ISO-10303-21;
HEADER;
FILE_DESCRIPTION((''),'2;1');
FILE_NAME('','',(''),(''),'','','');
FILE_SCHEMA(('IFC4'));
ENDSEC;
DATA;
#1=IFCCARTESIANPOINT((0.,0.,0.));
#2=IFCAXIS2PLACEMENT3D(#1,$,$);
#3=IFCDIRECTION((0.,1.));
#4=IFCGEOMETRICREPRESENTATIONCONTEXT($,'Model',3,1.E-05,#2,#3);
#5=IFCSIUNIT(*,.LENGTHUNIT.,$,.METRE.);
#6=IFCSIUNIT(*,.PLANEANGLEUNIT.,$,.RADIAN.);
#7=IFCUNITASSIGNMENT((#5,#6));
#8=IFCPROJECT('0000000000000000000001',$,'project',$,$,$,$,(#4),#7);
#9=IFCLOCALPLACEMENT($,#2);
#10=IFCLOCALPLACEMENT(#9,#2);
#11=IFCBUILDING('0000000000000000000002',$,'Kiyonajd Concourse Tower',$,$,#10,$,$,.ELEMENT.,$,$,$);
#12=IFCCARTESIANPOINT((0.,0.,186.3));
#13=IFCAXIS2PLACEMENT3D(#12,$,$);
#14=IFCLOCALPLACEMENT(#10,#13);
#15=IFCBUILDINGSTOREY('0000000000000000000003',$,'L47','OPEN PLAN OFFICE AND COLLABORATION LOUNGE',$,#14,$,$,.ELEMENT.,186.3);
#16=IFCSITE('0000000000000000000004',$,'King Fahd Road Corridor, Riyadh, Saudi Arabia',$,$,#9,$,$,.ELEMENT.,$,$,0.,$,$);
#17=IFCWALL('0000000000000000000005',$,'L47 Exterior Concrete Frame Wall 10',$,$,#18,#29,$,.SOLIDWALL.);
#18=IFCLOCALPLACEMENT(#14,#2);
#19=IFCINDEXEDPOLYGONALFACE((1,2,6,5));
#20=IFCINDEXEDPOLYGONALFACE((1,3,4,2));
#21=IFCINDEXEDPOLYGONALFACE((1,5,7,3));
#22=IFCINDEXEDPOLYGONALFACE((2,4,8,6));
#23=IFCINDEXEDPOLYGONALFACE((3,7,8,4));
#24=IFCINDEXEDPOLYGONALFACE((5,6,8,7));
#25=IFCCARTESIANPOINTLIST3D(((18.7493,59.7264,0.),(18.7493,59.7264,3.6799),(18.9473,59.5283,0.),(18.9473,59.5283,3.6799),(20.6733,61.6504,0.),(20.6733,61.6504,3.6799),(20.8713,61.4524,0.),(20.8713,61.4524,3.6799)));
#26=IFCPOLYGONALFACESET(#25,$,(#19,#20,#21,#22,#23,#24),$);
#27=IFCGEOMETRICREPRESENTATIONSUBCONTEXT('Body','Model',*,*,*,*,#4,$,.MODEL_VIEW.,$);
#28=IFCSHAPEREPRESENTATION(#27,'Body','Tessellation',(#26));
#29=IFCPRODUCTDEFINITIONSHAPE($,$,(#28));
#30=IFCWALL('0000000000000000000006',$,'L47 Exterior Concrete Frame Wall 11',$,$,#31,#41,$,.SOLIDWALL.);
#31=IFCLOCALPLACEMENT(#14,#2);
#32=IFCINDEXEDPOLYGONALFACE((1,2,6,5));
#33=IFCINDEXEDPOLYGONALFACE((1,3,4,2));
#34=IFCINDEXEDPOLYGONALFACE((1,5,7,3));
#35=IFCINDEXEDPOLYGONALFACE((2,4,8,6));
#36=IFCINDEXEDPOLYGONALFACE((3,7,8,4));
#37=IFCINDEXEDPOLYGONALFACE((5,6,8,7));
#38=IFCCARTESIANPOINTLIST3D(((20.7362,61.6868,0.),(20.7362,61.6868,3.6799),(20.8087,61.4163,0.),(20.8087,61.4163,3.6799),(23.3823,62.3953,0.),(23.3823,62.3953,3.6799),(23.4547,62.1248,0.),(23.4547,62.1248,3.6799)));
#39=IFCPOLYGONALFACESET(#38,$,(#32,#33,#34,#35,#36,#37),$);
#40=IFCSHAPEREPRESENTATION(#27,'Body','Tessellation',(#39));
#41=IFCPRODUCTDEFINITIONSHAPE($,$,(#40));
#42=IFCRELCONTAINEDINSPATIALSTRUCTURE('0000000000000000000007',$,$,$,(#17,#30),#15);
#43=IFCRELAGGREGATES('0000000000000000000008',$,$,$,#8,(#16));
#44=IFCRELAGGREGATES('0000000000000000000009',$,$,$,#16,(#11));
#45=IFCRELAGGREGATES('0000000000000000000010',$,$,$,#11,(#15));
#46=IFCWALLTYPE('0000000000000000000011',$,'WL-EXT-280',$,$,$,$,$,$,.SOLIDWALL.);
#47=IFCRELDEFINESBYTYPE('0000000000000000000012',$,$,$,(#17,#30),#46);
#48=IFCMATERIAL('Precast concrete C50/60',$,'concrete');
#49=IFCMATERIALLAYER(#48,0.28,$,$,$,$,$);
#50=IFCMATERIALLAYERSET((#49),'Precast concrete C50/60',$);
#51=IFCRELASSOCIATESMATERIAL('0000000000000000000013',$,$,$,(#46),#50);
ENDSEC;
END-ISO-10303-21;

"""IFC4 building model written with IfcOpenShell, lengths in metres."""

from ifc_helpers import new_model, si_unit, direction, frame, frame_2d, origin, place, context, subcontext, project, spatial, rectangle, extrude, material, layer, layer_set, type_object, element, save


model = new_model("IFC4")

# Units and contexts
model_context = context("Model", 3, precision=1e-05, world=origin(), true_north=direction((0.0, 1.0)))
body_context = subcontext(model_context, "Body", "Model", "MODEL_VIEW")
ifc_project = project(units=[si_unit("LENGTHUNIT", "METRE"), si_unit("PLANEANGLEUNIT", "RADIAN")], contexts=[model_context])

# Site, building, storey
site_placement = place(None, origin())
site = spatial("IfcSite", under=ifc_project, at=site_placement, Name="King Fahd Road Corridor, Riyadh, Saudi Arabia", CompositionType="ELEMENT", RefElevation=0.0)
building_placement = place(site_placement, origin())
building = spatial("IfcBuilding", under=site, at=building_placement, Name="Kiyonajd Concourse Tower", CompositionType="ELEMENT")
storey_placement = place(building_placement, frame((0.0, 0.0, 186.3)))
storey = spatial("IfcBuildingStorey", under=building, at=storey_placement, Name="L47", Description="OPEN PLAN OFFICE AND COLLABORATION LOUNGE", CompositionType="ELEMENT", Elevation=186.3)

# Walls
ifc_material_1 = material(Name="Precast concrete C50/60", Category="concrete")
ifc_layer_1 = layer(ifc_material_1, 0.28)
ifc_layer_set_1 = layer_set([ifc_layer_1], Name="Precast concrete C50/60")
wall_type = type_object("IfcWallType", Name="WL-EXT-280", PredefinedType="SOLIDWALL", material=ifc_layer_set_1)
wall_1_placement = place(storey_placement, frame((18.8484, 59.6274, 0.0), z_axis=(0.0, 0.0, 1.0), x_axis=(0.707107, 0.707107, 0.0)))
element("IfcWall", 1, at=wall_1_placement, inside=storey, type_object=wall_type, Name="L47 Exterior Concrete Frame Wall 10", PredefinedType="SOLIDWALL", context=body_context, shape_type="SweptSolid", body=[
    extrude(rectangle(XDim=2.7209, YDim=0.28, at=frame_2d((1.3604, 0.0))), origin(), (0.0, 0.0, 1.0), 3.6799),
])
wall_2_placement = place(storey_placement, frame((20.7725, 61.5515, 0.0), z_axis=(0.0, 0.0, 1.0), x_axis=(0.965971, 0.25865, 0.0)))
element("IfcWall", 2, at=wall_2_placement, inside=storey, type_object=wall_type, Name="L47 Exterior Concrete Frame Wall 11", PredefinedType="SOLIDWALL", context=body_context, shape_type="SweptSolid", body=[
    extrude(rectangle(XDim=2.7393, YDim=0.28, at=frame_2d((1.3696, 0.0))), origin(), (0.0, 0.0, 1.0), 3.6799),
])

save(model, "model.ifc")
